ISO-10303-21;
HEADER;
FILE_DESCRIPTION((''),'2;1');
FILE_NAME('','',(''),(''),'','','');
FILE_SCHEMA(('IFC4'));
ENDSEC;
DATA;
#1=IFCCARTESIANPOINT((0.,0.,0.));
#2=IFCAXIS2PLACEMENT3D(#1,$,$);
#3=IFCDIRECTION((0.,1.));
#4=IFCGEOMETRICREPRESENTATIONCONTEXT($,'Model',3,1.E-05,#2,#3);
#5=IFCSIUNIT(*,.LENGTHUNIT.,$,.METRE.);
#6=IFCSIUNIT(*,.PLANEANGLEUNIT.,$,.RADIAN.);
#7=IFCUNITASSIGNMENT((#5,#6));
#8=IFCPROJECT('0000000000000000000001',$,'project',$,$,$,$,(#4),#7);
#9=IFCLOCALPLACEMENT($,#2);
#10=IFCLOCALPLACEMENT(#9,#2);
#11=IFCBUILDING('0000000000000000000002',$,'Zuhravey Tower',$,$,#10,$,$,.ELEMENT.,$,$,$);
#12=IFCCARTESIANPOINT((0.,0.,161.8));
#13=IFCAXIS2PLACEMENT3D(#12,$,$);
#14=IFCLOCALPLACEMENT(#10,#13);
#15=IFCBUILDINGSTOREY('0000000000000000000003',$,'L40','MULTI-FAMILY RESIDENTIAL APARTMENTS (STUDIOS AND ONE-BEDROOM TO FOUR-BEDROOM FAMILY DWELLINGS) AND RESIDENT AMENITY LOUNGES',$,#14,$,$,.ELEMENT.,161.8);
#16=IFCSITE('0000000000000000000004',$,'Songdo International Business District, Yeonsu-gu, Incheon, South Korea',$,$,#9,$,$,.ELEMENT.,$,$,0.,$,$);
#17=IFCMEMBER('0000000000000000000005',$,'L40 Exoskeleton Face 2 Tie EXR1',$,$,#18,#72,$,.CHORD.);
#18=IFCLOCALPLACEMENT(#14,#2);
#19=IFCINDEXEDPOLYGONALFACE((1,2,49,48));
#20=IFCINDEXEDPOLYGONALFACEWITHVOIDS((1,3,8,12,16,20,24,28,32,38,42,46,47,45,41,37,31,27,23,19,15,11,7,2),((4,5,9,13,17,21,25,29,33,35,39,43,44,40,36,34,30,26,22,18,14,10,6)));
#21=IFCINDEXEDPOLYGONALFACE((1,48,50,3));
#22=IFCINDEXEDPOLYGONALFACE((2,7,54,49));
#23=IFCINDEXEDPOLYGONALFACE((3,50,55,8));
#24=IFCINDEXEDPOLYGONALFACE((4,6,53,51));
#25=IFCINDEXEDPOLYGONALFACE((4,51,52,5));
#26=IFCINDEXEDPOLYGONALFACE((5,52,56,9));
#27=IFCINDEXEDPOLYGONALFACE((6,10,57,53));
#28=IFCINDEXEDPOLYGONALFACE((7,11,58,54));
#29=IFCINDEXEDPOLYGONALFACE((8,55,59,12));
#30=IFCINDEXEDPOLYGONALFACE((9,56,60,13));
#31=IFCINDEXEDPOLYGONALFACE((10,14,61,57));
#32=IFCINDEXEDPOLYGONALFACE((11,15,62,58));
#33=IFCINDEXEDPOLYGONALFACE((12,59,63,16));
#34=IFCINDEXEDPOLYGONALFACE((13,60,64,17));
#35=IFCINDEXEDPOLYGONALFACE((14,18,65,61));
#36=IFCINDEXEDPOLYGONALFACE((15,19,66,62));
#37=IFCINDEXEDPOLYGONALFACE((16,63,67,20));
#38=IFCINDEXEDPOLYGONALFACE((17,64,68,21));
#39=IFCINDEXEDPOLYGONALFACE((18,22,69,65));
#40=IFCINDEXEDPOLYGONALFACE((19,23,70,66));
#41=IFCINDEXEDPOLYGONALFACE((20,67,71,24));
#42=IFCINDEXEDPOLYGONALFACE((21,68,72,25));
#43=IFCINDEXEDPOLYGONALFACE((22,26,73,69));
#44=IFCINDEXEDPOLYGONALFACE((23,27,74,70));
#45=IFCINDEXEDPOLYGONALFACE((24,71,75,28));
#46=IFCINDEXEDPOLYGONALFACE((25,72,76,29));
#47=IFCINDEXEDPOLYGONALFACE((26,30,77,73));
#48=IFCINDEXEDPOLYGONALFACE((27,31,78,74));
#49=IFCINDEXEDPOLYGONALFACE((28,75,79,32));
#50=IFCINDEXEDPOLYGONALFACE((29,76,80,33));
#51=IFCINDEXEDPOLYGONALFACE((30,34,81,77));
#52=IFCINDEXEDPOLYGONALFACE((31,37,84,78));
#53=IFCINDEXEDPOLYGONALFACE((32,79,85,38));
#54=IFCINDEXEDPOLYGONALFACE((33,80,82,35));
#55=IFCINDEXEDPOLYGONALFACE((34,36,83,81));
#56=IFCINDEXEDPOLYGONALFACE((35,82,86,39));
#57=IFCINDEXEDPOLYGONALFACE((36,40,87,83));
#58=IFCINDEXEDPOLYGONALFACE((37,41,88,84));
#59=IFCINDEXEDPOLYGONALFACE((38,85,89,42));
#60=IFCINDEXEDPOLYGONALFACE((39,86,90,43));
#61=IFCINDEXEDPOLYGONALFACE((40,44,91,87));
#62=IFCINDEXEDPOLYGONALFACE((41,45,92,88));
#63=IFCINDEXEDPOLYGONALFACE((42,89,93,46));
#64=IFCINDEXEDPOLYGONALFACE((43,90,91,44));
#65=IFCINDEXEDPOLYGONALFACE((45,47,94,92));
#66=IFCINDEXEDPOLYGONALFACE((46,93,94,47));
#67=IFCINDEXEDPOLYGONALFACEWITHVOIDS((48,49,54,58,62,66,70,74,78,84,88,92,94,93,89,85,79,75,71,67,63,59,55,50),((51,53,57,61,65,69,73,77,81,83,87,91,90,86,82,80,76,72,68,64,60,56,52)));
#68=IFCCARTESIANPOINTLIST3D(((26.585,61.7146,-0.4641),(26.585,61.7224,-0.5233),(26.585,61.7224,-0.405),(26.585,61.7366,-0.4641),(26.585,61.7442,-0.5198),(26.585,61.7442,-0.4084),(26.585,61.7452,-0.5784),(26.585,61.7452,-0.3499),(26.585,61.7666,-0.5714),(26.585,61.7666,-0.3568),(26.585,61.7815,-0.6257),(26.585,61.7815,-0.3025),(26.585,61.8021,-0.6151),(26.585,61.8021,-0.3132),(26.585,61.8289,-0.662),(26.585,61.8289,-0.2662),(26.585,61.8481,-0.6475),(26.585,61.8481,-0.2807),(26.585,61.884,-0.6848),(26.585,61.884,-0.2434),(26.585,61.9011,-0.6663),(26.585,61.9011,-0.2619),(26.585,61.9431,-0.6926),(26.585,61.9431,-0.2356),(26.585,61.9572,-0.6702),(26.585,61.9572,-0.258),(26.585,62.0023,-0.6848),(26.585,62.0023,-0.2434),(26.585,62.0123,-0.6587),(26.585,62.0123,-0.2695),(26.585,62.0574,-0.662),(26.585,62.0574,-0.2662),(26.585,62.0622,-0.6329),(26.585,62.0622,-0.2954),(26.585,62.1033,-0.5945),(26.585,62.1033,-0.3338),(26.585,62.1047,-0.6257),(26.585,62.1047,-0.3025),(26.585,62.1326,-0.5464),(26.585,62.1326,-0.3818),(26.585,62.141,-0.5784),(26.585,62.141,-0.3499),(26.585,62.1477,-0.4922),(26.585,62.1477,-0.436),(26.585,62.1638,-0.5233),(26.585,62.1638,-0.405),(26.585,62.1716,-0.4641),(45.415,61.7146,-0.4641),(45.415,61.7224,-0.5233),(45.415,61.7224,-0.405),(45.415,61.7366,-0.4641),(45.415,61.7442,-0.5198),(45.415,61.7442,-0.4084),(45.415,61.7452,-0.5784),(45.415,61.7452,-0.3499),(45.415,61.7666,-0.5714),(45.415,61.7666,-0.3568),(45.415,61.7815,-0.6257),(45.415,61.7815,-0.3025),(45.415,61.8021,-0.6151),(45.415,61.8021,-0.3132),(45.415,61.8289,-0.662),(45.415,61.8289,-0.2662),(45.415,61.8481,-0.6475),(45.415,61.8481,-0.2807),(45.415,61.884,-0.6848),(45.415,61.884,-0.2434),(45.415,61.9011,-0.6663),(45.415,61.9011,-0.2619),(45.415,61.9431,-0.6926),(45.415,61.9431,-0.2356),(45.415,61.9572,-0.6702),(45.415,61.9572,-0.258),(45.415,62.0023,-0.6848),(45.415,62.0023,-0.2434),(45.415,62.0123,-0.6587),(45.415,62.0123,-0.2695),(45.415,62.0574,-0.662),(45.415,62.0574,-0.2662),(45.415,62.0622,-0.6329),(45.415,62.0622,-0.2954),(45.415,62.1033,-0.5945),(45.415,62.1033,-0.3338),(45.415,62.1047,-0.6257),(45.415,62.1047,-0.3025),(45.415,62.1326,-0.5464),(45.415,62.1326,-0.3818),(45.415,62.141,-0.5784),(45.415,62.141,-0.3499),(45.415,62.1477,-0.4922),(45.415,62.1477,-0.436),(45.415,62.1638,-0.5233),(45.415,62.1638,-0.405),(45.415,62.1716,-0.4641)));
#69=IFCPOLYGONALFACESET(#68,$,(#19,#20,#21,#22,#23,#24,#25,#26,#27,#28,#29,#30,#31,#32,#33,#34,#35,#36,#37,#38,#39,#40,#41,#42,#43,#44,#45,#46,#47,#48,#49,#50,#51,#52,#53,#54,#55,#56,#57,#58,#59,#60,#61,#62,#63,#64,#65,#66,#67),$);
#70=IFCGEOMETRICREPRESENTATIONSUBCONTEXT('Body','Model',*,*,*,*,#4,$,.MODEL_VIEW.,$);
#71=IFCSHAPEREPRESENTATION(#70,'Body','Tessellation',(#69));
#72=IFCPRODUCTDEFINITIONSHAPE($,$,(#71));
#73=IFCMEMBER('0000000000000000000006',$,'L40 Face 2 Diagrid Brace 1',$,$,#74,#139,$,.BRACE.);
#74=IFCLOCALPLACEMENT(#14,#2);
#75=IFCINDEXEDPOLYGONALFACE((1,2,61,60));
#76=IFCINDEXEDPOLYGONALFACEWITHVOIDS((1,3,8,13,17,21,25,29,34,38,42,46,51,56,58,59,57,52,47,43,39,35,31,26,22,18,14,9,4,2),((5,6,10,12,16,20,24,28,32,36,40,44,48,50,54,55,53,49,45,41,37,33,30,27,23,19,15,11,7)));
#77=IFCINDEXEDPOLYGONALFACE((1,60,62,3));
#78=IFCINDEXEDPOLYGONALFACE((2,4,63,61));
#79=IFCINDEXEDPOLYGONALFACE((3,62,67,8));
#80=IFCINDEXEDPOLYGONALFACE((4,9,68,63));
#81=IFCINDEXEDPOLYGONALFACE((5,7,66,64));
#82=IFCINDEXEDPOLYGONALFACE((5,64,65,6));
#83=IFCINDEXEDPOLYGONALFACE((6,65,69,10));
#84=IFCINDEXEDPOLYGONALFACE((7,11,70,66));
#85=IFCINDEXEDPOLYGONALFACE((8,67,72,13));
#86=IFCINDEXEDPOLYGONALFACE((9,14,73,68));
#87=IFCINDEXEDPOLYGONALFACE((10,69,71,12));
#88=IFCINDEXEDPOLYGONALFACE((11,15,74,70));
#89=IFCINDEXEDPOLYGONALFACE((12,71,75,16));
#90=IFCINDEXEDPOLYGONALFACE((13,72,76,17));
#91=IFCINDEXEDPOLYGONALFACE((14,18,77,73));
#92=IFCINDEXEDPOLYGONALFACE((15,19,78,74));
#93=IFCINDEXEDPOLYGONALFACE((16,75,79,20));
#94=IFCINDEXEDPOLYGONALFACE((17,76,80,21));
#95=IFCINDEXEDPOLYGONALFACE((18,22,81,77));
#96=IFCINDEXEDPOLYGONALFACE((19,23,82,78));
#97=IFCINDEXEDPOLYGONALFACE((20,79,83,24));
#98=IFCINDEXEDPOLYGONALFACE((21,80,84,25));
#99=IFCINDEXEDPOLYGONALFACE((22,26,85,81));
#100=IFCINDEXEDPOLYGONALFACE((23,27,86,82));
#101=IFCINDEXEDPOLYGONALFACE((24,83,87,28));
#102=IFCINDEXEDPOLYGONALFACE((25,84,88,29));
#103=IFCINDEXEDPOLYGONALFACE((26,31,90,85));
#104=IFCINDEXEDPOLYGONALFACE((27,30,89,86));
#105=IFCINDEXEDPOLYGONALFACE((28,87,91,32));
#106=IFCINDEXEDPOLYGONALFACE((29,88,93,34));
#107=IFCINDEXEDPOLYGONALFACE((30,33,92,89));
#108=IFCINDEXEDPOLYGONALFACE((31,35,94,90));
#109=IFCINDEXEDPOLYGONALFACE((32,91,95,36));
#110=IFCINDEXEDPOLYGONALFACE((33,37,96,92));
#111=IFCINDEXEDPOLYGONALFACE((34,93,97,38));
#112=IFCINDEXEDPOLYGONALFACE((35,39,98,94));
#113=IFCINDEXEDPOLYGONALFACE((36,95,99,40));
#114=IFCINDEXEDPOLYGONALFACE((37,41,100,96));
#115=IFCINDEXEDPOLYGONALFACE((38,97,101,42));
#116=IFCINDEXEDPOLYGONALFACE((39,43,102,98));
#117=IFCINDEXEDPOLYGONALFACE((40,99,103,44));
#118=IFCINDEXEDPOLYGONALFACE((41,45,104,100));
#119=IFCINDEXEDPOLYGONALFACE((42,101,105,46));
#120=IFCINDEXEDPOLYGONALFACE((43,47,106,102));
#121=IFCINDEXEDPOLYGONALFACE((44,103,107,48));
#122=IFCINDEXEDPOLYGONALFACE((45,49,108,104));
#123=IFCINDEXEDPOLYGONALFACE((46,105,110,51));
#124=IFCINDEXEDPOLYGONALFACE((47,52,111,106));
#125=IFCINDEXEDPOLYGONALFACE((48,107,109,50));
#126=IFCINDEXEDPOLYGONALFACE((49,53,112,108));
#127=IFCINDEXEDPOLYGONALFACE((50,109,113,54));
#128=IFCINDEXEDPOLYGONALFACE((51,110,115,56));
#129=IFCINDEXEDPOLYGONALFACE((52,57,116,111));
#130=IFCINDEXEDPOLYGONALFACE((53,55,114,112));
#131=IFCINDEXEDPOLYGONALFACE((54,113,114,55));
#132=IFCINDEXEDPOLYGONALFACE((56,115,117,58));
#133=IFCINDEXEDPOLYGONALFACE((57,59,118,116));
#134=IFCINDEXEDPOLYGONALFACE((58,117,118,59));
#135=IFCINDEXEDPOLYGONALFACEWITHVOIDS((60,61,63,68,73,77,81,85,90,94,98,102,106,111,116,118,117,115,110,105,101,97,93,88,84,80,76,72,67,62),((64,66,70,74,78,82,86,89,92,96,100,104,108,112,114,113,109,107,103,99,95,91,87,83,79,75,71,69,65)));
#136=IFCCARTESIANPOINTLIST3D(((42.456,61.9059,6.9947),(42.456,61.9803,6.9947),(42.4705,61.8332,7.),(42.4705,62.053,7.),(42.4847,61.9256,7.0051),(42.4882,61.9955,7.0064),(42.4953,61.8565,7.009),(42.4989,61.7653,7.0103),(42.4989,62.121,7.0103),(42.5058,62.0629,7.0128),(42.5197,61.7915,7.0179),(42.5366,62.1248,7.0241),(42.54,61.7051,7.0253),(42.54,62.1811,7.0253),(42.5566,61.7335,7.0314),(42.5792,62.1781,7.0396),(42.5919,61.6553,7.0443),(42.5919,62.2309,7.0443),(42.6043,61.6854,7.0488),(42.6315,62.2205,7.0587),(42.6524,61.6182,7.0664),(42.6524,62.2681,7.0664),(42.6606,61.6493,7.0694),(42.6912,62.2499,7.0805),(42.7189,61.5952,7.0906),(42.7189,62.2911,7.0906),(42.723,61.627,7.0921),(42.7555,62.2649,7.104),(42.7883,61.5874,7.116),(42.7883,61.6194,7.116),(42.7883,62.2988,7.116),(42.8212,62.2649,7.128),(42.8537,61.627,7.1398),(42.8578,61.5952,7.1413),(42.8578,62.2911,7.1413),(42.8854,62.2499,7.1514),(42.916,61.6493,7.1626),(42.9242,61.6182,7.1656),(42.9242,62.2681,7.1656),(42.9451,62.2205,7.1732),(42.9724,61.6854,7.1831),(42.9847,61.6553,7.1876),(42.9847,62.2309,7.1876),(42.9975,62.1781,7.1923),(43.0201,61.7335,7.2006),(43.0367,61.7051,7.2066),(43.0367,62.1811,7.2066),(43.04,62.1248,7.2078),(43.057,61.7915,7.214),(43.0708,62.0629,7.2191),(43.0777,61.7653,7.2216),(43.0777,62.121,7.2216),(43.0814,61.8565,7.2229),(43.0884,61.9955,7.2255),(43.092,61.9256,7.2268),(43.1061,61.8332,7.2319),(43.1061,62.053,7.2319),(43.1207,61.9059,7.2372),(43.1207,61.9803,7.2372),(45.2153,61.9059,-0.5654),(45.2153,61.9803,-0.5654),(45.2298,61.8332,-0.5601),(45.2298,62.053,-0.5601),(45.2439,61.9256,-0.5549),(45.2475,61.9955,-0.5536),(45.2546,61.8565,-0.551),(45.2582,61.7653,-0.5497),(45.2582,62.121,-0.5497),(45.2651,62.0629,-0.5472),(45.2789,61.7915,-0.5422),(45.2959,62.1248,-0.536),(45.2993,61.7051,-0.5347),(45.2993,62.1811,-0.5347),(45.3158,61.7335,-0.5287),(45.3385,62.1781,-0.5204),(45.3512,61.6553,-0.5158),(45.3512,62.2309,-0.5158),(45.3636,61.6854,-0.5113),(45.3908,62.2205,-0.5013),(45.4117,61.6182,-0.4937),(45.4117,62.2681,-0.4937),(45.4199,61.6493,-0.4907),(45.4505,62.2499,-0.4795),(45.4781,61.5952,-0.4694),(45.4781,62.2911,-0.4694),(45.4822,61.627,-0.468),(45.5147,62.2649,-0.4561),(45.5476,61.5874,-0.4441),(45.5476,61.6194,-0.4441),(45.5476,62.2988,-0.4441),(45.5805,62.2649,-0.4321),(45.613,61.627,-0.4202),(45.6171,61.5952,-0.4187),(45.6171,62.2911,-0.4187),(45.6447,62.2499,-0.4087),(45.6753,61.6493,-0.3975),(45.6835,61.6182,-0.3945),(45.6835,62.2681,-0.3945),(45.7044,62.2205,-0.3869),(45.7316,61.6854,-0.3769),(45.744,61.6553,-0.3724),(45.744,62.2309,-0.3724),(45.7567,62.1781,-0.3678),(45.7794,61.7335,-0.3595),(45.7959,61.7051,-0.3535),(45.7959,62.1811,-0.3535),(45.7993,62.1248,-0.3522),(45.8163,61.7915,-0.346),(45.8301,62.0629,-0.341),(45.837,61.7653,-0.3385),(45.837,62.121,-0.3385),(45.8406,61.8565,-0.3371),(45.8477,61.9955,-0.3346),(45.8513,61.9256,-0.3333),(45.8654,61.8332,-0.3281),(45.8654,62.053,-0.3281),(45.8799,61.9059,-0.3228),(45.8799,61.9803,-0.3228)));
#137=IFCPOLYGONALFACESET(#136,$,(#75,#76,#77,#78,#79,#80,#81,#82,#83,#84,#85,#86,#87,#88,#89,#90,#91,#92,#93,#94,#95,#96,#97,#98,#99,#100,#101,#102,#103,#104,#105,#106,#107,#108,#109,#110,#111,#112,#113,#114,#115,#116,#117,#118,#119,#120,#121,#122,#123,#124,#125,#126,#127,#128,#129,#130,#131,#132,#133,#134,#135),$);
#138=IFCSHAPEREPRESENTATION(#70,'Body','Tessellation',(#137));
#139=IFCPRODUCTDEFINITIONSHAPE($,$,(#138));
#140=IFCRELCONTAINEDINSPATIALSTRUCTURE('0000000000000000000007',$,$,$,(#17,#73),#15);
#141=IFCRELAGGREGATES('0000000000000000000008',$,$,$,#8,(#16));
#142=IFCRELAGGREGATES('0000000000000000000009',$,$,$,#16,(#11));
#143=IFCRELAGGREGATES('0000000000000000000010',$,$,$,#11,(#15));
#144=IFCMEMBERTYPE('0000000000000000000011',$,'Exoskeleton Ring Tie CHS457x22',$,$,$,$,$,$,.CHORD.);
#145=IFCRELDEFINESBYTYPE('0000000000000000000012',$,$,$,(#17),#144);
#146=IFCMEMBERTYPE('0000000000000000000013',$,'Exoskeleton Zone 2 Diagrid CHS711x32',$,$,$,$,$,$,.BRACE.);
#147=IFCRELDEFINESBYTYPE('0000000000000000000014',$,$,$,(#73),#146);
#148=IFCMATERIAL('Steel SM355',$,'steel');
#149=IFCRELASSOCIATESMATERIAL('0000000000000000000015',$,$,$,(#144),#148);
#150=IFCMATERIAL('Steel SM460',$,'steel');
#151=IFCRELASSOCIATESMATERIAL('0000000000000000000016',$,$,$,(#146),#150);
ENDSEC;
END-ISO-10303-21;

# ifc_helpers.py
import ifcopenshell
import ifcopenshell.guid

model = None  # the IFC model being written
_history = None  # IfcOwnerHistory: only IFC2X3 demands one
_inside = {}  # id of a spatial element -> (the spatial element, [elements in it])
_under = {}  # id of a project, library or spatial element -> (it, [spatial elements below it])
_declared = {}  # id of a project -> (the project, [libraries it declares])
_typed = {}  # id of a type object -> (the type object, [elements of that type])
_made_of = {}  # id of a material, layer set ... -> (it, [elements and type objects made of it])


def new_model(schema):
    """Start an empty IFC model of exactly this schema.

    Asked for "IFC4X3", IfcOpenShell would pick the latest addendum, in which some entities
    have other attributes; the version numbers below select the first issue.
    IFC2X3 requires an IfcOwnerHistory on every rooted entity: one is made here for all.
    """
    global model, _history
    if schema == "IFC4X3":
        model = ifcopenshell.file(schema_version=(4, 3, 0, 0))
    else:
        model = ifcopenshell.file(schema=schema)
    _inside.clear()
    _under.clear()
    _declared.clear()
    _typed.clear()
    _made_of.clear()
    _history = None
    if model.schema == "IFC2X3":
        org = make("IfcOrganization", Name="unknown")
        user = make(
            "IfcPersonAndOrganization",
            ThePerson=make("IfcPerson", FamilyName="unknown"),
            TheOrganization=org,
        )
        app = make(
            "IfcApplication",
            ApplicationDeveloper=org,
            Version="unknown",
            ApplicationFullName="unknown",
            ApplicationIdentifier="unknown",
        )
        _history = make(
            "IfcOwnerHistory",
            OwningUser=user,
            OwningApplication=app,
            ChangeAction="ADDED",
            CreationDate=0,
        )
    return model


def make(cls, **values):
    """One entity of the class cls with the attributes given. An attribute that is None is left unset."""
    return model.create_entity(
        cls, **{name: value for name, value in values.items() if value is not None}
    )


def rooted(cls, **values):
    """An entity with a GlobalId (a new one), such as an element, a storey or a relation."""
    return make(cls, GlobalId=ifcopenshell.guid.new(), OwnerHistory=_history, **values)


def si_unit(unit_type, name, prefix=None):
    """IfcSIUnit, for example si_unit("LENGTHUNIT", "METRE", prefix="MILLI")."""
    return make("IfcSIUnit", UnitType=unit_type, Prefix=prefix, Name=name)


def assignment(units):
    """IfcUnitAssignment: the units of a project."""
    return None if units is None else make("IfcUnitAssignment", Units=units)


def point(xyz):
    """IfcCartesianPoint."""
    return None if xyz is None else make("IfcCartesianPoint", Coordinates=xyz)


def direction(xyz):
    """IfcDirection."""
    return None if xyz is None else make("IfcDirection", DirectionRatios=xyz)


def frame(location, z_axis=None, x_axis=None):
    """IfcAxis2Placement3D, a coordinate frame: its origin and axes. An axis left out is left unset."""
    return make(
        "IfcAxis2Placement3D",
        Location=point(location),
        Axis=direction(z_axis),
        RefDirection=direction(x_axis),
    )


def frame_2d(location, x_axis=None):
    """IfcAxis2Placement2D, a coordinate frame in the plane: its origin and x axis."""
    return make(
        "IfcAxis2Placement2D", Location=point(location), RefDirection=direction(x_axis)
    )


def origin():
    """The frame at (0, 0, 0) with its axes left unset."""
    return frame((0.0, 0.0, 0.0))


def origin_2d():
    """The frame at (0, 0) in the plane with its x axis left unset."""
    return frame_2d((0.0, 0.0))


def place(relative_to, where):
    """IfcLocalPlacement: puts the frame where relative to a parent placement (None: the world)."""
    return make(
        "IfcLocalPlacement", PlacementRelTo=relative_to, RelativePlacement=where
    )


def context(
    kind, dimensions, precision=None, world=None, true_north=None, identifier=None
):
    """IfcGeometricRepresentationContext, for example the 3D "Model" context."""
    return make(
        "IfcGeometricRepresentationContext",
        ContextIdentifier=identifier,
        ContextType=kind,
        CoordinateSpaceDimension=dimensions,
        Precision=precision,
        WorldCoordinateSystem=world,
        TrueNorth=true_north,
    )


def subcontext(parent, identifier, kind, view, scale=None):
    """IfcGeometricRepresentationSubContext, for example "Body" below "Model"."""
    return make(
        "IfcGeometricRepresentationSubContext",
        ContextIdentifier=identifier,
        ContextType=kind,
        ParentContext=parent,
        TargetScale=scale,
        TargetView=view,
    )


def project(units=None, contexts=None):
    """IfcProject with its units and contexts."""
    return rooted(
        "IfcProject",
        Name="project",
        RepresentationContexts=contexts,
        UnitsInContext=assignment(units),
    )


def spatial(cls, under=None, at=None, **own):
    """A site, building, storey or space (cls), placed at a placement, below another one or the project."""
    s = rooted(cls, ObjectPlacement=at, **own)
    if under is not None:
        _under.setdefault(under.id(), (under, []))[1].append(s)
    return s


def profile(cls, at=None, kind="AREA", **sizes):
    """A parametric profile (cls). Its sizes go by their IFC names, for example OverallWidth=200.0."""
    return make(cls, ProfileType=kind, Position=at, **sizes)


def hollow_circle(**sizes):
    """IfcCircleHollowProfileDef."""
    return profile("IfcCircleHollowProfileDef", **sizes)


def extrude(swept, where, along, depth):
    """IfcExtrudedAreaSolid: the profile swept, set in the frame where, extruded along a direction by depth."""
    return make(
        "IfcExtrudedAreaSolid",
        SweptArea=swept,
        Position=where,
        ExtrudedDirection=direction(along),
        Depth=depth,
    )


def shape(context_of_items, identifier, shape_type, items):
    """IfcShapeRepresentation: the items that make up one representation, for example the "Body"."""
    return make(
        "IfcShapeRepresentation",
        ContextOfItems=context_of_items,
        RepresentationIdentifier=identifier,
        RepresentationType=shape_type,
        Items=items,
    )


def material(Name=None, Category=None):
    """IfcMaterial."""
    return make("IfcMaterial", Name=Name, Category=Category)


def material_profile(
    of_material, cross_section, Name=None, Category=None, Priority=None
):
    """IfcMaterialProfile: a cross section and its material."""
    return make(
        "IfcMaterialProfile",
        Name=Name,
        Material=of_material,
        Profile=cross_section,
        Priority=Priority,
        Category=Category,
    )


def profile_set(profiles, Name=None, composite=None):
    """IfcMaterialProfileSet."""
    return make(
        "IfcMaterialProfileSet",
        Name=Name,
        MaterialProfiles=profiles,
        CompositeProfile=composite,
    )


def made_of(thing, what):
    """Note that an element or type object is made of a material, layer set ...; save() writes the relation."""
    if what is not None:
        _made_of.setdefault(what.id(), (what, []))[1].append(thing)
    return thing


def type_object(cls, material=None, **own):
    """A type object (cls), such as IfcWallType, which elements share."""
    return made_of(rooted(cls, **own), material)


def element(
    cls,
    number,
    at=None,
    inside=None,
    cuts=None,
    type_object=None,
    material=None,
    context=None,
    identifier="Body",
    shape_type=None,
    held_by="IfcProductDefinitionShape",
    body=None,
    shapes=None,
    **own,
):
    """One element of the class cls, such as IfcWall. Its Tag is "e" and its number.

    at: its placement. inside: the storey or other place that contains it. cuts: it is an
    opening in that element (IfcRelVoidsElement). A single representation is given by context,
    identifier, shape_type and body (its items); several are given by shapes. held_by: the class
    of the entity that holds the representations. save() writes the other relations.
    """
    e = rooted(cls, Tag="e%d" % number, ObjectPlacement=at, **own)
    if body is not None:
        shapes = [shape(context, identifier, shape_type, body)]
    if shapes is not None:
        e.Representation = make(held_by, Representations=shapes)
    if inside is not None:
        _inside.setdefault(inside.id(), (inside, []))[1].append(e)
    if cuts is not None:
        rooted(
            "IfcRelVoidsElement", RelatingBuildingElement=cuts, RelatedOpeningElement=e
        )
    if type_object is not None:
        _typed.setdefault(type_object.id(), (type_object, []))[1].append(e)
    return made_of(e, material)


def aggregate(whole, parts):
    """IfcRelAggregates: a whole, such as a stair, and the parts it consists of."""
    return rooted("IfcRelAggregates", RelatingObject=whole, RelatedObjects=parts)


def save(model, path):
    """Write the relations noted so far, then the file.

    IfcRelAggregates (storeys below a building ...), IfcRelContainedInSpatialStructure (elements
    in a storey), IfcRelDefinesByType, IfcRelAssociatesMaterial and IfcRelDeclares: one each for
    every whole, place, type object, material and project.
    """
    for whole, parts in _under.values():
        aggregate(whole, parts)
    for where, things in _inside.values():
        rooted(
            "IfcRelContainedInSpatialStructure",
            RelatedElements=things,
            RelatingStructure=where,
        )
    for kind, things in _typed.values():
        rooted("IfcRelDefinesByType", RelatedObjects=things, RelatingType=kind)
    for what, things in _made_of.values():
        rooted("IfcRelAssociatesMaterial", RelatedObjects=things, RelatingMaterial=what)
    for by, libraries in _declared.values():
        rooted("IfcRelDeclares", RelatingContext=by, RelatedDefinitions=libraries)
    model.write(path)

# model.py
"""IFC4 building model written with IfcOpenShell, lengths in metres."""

from ifc_helpers import new_model, si_unit, direction, frame, origin, origin_2d, place, context, subcontext, project, spatial, hollow_circle, extrude, material, material_profile, profile_set, type_object, element, save


model = new_model("IFC4")

# Units and contexts
model_context = context("Model", 3, precision=1e-05, world=origin(), true_north=direction((0.0, 1.0)))
body_context = subcontext(model_context, "Body", "Model", "MODEL_VIEW")
ifc_project = project(units=[si_unit("LENGTHUNIT", "METRE"), si_unit("PLANEANGLEUNIT", "RADIAN")], contexts=[model_context])

# Site, building, storey
site_placement = place(None, origin())
site = spatial("IfcSite", under=ifc_project, at=site_placement, Name="Songdo International Business District, Yeonsu-gu, Incheon, South Korea", CompositionType="ELEMENT", RefElevation=0.0)
building_placement = place(site_placement, origin())
building = spatial("IfcBuilding", under=site, at=building_placement, Name="Zuhravey Tower", CompositionType="ELEMENT")
storey_placement = place(building_placement, frame((0.0, 0.0, 161.8)))
storey = spatial("IfcBuildingStorey", under=building, at=storey_placement, Name="L40", Description="MULTI-FAMILY RESIDENTIAL APARTMENTS (STUDIOS AND ONE-BEDROOM TO FOUR-BEDROOM FAMILY DWELLINGS) AND RESIDENT AMENITY LOUNGES", CompositionType="ELEMENT", Elevation=161.8)

# Members
ifc_material_1 = material(Name="Steel SM355", Category="steel")
ifc_material_profile_1 = material_profile(ifc_material_1, hollow_circle(Radius=0.2285, WallThickness=0.022, at=origin_2d()), Name="CHS-457.2x22")
ifc_profile_set_1 = profile_set([ifc_material_profile_1], Name="Steel SM355")
member_type_1 = type_object("IfcMemberType", Name="Exoskeleton Ring Tie CHS457x22", PredefinedType="CHORD", material=ifc_profile_set_1)
member_1_placement = place(storey_placement, frame((45.415, 61.9431, -0.4641), z_axis=(-1.0, 0.0, 0.0), x_axis=(0.0, -1.0, 0.0)))
element("IfcMember", 1, at=member_1_placement, inside=storey, type_object=member_type_1, Name="L40 Exoskeleton Face 2 Tie EXR1", PredefinedType="CHORD", context=body_context, shape_type="SweptSolid", body=[
    extrude(hollow_circle(Radius=0.2285, WallThickness=0.022, at=origin_2d()), origin(), (0.0, 0.0, 1.0), 18.8301),
])
ifc_material_2 = material(Name="Steel SM460", Category="steel")
ifc_material_profile_2 = material_profile(ifc_material_2, hollow_circle(Radius=0.3557, WallThickness=0.032, at=origin_2d()), Name="CHS-711.2x32")
ifc_profile_set_2 = profile_set([ifc_material_profile_2], Name="Steel SM460")
member_type_2 = type_object("IfcMemberType", Name="Exoskeleton Zone 2 Diagrid CHS711x32", PredefinedType="BRACE", material=ifc_profile_set_2)
member_2_placement = place(storey_placement, frame((45.5476, 61.9431, -0.4441), z_axis=(-0.342858, 0.0, 0.939387), x_axis=(0.0, -1.0, 0.0)))
element("IfcMember", 2, at=member_2_placement, inside=storey, type_object=member_type_2, Name="L40 Face 2 Diagrid Brace 1", PredefinedType="BRACE", context=body_context, shape_type="SweptSolid", body=[
    extrude(hollow_circle(Radius=0.3557, WallThickness=0.032, at=origin_2d()), origin(), (0.0, 0.0, 1.0), 8.0479),
])

save(model, "model.ifc")
